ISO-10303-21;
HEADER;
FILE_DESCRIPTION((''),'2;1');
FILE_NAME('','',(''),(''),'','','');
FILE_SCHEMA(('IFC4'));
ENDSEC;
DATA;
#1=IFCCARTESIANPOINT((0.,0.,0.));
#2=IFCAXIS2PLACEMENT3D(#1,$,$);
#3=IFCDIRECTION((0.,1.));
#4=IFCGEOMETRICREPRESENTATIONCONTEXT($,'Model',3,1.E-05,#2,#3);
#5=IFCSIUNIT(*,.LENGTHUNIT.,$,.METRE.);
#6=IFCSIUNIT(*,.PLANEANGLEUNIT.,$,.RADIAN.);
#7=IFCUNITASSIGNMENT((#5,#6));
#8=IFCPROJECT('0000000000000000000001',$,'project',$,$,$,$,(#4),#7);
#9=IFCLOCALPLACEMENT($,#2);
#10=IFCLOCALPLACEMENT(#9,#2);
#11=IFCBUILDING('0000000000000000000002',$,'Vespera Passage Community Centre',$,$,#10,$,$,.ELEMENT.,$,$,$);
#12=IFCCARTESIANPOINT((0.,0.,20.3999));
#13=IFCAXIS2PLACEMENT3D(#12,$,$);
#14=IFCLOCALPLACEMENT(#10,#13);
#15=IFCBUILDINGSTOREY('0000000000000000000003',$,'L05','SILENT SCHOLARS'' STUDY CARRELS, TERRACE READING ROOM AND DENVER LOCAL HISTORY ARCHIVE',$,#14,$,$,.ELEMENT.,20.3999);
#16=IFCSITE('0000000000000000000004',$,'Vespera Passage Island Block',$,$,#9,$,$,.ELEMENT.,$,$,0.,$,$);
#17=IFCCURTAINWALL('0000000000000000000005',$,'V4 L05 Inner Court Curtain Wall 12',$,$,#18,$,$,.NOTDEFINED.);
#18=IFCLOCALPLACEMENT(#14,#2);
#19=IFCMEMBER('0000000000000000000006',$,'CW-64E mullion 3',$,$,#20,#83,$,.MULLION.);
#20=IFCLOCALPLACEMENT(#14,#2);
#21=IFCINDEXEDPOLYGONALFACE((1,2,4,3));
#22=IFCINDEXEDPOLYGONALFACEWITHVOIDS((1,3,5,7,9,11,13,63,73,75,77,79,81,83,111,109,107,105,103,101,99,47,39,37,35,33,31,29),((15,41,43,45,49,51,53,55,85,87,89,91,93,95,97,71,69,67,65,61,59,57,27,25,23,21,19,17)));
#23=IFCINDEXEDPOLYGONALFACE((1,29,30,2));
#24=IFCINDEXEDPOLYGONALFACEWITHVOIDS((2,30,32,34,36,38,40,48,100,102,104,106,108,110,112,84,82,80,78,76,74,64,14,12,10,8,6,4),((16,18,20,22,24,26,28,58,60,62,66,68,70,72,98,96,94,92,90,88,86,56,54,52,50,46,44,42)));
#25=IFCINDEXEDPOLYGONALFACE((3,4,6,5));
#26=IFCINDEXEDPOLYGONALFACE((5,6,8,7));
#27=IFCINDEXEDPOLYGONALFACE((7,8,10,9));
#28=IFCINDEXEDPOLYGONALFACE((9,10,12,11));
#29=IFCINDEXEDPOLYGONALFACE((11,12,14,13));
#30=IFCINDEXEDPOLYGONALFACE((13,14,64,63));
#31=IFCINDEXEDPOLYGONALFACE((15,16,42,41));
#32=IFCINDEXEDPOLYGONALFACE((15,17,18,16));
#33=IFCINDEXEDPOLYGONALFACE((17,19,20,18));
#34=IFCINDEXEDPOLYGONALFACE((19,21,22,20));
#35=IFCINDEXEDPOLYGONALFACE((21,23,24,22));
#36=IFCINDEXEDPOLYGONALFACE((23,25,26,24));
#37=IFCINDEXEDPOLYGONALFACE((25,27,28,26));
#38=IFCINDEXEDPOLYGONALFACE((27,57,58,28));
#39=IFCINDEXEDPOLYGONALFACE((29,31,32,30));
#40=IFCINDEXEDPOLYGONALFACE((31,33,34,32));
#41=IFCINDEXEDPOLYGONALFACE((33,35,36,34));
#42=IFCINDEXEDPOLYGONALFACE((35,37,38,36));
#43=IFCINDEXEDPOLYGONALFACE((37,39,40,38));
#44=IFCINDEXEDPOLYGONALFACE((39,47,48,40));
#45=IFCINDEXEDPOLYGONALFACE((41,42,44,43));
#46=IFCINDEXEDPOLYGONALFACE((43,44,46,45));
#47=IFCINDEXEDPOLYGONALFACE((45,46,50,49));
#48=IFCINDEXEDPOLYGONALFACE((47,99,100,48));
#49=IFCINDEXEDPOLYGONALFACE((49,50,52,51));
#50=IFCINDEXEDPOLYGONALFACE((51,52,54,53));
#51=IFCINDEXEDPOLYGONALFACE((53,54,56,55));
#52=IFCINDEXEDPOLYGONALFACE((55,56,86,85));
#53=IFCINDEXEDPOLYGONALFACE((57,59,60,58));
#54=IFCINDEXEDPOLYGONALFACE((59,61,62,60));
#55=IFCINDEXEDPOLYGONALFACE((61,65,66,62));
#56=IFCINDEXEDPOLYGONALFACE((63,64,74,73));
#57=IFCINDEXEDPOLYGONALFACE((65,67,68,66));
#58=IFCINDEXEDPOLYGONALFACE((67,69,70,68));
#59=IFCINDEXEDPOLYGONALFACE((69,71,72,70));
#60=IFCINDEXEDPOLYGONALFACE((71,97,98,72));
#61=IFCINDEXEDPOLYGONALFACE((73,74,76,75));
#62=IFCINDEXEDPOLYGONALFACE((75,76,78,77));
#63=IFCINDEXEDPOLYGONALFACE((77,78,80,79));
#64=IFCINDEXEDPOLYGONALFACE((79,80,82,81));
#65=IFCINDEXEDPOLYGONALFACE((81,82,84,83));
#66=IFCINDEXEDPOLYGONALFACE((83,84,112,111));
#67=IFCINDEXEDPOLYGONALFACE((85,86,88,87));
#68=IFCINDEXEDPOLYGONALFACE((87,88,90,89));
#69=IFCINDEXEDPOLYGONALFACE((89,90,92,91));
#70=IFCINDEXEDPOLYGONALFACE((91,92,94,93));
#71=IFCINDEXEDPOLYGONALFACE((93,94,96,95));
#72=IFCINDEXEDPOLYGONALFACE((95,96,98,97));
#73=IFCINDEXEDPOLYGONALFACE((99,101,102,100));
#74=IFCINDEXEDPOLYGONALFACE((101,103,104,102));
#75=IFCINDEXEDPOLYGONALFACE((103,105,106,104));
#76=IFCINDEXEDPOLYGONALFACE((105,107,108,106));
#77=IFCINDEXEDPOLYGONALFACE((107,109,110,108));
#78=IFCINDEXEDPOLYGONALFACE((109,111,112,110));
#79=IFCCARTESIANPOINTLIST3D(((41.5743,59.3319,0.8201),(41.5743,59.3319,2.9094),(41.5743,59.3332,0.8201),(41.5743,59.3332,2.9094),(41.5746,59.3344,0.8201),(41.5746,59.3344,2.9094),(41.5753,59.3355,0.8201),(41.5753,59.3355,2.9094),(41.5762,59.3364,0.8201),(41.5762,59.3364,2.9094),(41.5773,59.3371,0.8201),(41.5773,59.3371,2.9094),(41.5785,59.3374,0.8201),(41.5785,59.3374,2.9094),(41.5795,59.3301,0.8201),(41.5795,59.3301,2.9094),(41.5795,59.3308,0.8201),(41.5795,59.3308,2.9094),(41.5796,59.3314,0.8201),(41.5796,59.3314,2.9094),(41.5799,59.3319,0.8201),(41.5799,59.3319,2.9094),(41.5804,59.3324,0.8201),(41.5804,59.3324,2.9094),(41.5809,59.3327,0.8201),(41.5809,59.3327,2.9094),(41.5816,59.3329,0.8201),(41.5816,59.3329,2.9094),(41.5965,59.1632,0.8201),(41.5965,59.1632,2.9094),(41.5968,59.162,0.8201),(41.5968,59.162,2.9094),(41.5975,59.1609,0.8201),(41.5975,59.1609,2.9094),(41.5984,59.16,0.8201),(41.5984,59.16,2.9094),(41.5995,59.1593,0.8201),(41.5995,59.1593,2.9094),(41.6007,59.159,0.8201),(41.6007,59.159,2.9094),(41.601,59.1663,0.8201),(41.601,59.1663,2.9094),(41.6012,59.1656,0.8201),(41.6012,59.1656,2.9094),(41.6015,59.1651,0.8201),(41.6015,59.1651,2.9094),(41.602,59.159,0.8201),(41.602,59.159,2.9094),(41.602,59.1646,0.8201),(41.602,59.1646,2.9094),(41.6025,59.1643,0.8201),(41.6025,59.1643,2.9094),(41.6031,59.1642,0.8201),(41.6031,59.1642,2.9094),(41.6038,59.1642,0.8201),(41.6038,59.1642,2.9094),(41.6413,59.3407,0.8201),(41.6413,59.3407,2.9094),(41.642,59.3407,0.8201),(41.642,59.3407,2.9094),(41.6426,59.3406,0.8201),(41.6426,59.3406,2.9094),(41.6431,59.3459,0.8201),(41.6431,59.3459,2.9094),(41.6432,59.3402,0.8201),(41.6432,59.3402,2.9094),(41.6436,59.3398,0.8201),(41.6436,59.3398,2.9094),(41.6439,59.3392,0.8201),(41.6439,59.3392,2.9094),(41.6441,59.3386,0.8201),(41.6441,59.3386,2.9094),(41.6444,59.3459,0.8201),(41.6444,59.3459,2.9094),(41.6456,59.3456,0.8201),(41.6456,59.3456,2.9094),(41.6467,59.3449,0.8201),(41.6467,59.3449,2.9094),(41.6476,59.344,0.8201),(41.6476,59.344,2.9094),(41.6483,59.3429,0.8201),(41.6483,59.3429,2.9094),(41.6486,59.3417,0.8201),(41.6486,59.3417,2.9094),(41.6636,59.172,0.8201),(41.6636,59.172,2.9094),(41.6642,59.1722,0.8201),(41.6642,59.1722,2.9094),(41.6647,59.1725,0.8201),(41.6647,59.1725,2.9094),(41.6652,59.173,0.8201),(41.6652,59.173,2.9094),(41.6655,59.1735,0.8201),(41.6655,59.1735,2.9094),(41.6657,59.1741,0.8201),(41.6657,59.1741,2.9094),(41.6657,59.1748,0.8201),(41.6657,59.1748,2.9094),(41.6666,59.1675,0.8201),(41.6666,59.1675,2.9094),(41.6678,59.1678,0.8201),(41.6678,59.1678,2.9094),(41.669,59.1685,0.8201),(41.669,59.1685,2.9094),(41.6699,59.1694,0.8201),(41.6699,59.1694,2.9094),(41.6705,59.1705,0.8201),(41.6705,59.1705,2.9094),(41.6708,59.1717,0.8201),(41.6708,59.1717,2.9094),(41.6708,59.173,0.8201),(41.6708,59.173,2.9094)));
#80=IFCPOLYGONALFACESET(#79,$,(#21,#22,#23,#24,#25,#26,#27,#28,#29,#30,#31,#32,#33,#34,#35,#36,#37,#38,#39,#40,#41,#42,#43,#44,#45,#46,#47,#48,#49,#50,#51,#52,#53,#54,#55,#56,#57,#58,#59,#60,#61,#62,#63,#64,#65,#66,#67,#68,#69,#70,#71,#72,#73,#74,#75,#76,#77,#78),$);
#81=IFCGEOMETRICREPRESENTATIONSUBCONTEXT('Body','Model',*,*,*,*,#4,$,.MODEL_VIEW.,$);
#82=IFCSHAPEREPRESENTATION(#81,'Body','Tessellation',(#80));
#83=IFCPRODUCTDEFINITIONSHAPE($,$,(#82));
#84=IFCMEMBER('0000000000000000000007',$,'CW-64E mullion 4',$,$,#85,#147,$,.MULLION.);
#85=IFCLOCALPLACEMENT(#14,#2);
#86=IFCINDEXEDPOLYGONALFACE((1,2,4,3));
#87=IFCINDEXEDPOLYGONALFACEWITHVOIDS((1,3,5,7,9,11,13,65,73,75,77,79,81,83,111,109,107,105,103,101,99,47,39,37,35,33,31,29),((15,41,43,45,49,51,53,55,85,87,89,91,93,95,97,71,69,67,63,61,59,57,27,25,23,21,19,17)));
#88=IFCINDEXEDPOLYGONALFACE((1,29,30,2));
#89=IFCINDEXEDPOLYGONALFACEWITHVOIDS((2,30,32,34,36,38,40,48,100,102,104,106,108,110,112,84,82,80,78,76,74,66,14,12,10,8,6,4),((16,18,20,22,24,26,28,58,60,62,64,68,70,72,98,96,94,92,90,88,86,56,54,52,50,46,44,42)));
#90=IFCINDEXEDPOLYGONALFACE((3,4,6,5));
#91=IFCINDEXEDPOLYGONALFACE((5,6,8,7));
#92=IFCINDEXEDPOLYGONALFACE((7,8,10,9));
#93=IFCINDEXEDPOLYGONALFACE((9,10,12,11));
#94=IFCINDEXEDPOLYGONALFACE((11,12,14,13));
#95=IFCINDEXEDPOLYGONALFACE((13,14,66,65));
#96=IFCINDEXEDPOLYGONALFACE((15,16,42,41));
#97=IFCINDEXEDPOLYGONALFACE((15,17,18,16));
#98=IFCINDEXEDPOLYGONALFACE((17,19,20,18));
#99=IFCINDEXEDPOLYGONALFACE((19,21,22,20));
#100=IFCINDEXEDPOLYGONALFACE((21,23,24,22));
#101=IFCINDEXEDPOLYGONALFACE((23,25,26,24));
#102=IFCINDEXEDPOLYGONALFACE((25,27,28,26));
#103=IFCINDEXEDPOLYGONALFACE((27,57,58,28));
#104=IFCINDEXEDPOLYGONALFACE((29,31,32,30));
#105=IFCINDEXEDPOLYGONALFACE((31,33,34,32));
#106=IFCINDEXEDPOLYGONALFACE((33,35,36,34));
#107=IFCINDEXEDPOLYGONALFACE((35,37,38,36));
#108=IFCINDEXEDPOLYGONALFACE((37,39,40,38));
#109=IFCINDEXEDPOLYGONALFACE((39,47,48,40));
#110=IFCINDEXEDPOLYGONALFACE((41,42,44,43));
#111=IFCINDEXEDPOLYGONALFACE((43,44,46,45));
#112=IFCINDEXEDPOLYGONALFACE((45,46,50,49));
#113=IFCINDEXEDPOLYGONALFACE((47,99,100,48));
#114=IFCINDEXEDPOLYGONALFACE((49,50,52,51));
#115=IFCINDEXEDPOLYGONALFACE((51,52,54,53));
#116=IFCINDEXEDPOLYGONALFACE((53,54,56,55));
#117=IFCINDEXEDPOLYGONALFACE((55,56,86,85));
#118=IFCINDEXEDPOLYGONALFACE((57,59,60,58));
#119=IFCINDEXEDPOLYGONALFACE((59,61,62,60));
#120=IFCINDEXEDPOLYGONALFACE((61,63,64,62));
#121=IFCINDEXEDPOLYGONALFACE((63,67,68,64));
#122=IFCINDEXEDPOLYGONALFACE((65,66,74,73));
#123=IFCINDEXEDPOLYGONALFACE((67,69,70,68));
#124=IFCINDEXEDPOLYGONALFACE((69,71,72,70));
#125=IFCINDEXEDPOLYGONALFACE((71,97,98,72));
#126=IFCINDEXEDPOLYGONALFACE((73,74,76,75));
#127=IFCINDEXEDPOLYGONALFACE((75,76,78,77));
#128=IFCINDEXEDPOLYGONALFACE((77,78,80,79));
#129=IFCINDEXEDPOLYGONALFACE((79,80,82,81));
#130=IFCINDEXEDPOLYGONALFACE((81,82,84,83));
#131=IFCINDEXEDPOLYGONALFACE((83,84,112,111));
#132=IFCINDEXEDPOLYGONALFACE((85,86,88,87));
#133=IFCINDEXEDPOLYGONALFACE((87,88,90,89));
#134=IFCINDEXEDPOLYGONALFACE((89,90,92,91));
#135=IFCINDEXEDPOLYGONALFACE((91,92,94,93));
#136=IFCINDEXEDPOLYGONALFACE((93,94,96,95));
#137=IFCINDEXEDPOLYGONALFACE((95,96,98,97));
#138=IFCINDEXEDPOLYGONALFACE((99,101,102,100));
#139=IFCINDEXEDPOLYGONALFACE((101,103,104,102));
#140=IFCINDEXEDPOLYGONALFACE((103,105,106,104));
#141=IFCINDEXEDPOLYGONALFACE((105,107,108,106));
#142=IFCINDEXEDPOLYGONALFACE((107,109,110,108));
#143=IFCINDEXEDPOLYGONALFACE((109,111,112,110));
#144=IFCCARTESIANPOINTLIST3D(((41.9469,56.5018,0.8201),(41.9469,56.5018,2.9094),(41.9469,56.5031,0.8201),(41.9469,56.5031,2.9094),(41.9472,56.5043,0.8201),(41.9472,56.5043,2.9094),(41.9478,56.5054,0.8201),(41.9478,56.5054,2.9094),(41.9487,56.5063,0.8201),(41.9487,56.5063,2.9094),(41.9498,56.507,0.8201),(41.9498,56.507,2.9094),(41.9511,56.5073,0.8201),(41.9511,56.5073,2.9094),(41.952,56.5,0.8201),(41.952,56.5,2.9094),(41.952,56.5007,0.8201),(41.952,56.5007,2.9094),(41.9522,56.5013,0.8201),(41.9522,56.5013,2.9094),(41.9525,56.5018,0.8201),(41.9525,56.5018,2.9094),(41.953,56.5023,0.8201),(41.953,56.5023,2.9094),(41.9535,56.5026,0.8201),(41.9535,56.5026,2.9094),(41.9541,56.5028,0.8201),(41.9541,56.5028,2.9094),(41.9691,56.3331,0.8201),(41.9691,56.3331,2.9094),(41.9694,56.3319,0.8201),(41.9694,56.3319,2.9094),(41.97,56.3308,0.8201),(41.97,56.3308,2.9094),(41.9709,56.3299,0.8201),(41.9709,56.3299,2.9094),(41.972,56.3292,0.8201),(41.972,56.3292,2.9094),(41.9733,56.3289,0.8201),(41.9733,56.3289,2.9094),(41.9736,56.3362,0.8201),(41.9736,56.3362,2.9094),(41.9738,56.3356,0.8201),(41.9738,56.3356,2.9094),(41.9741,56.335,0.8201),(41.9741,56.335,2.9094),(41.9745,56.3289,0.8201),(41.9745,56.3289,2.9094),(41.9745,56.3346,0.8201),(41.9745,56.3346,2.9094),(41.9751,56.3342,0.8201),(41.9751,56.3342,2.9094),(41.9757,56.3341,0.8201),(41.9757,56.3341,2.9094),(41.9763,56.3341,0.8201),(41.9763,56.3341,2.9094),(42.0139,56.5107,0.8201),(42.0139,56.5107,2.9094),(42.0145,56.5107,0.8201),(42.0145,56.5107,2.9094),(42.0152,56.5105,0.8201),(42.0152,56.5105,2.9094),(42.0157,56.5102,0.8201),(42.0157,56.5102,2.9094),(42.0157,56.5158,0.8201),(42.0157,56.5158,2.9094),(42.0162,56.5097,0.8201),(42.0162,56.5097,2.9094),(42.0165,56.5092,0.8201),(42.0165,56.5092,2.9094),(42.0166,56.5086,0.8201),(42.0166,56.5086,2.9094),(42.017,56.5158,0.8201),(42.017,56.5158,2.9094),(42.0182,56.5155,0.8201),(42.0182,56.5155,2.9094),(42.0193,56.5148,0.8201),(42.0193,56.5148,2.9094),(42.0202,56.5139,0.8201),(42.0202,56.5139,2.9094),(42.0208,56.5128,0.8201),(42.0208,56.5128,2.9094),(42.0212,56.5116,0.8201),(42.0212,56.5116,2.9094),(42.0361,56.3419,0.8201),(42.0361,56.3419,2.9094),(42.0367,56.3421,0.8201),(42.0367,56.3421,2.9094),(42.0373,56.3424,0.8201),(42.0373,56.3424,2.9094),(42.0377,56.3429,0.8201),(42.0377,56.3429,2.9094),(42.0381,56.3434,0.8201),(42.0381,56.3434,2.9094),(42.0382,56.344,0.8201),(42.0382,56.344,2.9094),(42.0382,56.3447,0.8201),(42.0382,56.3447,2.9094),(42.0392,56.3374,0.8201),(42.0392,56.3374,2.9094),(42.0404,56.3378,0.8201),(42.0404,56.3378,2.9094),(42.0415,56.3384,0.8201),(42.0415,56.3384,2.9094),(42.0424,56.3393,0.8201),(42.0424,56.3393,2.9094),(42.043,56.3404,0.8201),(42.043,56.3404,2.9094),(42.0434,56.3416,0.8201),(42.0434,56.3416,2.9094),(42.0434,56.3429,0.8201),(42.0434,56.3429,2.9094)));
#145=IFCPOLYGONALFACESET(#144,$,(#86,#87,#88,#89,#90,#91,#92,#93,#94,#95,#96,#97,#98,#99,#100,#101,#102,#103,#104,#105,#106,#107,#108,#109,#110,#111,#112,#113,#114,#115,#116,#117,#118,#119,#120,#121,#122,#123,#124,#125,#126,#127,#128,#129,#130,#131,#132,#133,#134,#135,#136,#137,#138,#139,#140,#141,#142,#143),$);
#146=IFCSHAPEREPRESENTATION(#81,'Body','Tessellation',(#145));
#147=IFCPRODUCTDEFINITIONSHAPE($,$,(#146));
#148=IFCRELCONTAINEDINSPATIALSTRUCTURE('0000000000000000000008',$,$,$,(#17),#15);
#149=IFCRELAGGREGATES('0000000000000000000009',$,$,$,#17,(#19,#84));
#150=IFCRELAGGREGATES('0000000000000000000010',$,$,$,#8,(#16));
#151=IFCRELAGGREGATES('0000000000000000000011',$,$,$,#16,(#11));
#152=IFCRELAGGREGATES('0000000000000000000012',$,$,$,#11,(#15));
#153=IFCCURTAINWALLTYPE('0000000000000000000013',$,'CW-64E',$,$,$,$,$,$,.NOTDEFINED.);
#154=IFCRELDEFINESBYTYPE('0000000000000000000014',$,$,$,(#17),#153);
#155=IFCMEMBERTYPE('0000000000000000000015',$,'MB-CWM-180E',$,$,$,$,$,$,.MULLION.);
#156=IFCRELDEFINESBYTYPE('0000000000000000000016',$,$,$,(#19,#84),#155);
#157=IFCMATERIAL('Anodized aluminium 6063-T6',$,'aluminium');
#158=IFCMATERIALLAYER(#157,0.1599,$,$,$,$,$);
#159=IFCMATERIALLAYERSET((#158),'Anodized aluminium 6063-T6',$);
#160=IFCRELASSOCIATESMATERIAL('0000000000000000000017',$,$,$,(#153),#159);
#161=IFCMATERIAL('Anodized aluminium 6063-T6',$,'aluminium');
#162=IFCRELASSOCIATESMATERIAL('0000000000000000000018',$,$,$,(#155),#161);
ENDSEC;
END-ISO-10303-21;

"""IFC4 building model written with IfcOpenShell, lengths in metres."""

from ifc_helpers import new_model, si_unit, direction, frame, origin, origin_2d, place, context, subcontext, project, spatial, hollow_rectangle, extrude, material, layer, layer_set, material_profile, profile_set, type_object, element, aggregate, save


model = new_model("IFC4")

# Units and contexts
model_context = context("Model", 3, precision=1e-05, world=origin(), true_north=direction((0.0, 1.0)))
body_context = subcontext(model_context, "Body", "Model", "MODEL_VIEW")
ifc_project = project(units=[si_unit("LENGTHUNIT", "METRE"), si_unit("PLANEANGLEUNIT", "RADIAN")], contexts=[model_context])

# Site, building, storey
site_placement = place(None, origin())
site = spatial("IfcSite", under=ifc_project, at=site_placement, Name="Vespera Passage Island Block", CompositionType="ELEMENT", RefElevation=0.0)
building_placement = place(site_placement, origin())
building = spatial("IfcBuilding", under=site, at=building_placement, Name="Vespera Passage Community Centre", CompositionType="ELEMENT")
storey_placement = place(building_placement, frame((0.0, 0.0, 20.3999)))
storey = spatial("IfcBuildingStorey", under=building, at=storey_placement, Name="L05", Description="SILENT SCHOLARS' STUDY CARRELS, TERRACE READING ROOM AND DENVER LOCAL HISTORY ARCHIVE", CompositionType="ELEMENT", Elevation=20.3999)

# Curtain wall, members
ifc_material_1 = material(Name="Anodized aluminium 6063-T6", Category="aluminium")
ifc_layer_1 = layer(ifc_material_1, 0.1599)
ifc_layer_set_1 = layer_set([ifc_layer_1], Name="Anodized aluminium 6063-T6")
curtain_wall_type_1 = type_object("IfcCurtainWallType", Name="CW-64E", PredefinedType="NOTDEFINED", material=ifc_layer_set_1)
curtain_wall_1_placement = place(storey_placement, origin())
curtain_wall_1 = element("IfcCurtainWall", 1, at=curtain_wall_1_placement, inside=storey, type_object=curtain_wall_type_1, Name="V4 L05 Inner Court Curtain Wall 12", PredefinedType="NOTDEFINED")
ifc_material_2 = material(Name="Anodized aluminium 6063-T6", Category="aluminium")
ifc_material_profile_1 = material_profile(ifc_material_2, hollow_rectangle(XDim=0.075, YDim=0.1799, WallThickness=0.0049, InnerFilletRadius=0.0024, OuterFilletRadius=0.0049, at=origin_2d()), Name="ALU180X75X5")
ifc_profile_set_1 = profile_set([ifc_material_profile_1], Name="Anodized aluminium 6063-T6")
member_type_1 = type_object("IfcMemberType", Name="MB-CWM-180E", PredefinedType="MULLION", material=ifc_profile_set_1)
member_1_placement = place(storey_placement, frame((41.6226, 59.2524, 0.8201), z_axis=(0.0, 0.0, 1.0), x_axis=(0.991445, 0.130522, 0.0)))
member_1 = element("IfcMember", 2, at=member_1_placement, type_object=member_type_1, Name="CW-64E mullion 3", PredefinedType="MULLION", context=body_context, shape_type="SweptSolid", body=[
    extrude(hollow_rectangle(XDim=0.075, YDim=0.1799, WallThickness=0.0049, InnerFilletRadius=0.0024, OuterFilletRadius=0.0049, at=origin_2d()), origin(), (0.0, 0.0, 1.0), 2.0894),
])
member_2_placement = place(storey_placement, frame((41.9951, 56.4224, 0.8201), z_axis=(0.0, 0.0, 1.0), x_axis=(0.991445, 0.130522, 0.0)))
member_2 = element("IfcMember", 3, at=member_2_placement, type_object=member_type_1, Name="CW-64E mullion 4", PredefinedType="MULLION", context=body_context, shape_type="SweptSolid", body=[
    extrude(hollow_rectangle(XDim=0.075, YDim=0.1799, WallThickness=0.0049, InnerFilletRadius=0.0024, OuterFilletRadius=0.0049, at=origin_2d()), origin(), (0.0, 0.0, 1.0), 2.0894),
])

aggregate(curtain_wall_1, [member_1, member_2])

save(model, "model.ifc")
